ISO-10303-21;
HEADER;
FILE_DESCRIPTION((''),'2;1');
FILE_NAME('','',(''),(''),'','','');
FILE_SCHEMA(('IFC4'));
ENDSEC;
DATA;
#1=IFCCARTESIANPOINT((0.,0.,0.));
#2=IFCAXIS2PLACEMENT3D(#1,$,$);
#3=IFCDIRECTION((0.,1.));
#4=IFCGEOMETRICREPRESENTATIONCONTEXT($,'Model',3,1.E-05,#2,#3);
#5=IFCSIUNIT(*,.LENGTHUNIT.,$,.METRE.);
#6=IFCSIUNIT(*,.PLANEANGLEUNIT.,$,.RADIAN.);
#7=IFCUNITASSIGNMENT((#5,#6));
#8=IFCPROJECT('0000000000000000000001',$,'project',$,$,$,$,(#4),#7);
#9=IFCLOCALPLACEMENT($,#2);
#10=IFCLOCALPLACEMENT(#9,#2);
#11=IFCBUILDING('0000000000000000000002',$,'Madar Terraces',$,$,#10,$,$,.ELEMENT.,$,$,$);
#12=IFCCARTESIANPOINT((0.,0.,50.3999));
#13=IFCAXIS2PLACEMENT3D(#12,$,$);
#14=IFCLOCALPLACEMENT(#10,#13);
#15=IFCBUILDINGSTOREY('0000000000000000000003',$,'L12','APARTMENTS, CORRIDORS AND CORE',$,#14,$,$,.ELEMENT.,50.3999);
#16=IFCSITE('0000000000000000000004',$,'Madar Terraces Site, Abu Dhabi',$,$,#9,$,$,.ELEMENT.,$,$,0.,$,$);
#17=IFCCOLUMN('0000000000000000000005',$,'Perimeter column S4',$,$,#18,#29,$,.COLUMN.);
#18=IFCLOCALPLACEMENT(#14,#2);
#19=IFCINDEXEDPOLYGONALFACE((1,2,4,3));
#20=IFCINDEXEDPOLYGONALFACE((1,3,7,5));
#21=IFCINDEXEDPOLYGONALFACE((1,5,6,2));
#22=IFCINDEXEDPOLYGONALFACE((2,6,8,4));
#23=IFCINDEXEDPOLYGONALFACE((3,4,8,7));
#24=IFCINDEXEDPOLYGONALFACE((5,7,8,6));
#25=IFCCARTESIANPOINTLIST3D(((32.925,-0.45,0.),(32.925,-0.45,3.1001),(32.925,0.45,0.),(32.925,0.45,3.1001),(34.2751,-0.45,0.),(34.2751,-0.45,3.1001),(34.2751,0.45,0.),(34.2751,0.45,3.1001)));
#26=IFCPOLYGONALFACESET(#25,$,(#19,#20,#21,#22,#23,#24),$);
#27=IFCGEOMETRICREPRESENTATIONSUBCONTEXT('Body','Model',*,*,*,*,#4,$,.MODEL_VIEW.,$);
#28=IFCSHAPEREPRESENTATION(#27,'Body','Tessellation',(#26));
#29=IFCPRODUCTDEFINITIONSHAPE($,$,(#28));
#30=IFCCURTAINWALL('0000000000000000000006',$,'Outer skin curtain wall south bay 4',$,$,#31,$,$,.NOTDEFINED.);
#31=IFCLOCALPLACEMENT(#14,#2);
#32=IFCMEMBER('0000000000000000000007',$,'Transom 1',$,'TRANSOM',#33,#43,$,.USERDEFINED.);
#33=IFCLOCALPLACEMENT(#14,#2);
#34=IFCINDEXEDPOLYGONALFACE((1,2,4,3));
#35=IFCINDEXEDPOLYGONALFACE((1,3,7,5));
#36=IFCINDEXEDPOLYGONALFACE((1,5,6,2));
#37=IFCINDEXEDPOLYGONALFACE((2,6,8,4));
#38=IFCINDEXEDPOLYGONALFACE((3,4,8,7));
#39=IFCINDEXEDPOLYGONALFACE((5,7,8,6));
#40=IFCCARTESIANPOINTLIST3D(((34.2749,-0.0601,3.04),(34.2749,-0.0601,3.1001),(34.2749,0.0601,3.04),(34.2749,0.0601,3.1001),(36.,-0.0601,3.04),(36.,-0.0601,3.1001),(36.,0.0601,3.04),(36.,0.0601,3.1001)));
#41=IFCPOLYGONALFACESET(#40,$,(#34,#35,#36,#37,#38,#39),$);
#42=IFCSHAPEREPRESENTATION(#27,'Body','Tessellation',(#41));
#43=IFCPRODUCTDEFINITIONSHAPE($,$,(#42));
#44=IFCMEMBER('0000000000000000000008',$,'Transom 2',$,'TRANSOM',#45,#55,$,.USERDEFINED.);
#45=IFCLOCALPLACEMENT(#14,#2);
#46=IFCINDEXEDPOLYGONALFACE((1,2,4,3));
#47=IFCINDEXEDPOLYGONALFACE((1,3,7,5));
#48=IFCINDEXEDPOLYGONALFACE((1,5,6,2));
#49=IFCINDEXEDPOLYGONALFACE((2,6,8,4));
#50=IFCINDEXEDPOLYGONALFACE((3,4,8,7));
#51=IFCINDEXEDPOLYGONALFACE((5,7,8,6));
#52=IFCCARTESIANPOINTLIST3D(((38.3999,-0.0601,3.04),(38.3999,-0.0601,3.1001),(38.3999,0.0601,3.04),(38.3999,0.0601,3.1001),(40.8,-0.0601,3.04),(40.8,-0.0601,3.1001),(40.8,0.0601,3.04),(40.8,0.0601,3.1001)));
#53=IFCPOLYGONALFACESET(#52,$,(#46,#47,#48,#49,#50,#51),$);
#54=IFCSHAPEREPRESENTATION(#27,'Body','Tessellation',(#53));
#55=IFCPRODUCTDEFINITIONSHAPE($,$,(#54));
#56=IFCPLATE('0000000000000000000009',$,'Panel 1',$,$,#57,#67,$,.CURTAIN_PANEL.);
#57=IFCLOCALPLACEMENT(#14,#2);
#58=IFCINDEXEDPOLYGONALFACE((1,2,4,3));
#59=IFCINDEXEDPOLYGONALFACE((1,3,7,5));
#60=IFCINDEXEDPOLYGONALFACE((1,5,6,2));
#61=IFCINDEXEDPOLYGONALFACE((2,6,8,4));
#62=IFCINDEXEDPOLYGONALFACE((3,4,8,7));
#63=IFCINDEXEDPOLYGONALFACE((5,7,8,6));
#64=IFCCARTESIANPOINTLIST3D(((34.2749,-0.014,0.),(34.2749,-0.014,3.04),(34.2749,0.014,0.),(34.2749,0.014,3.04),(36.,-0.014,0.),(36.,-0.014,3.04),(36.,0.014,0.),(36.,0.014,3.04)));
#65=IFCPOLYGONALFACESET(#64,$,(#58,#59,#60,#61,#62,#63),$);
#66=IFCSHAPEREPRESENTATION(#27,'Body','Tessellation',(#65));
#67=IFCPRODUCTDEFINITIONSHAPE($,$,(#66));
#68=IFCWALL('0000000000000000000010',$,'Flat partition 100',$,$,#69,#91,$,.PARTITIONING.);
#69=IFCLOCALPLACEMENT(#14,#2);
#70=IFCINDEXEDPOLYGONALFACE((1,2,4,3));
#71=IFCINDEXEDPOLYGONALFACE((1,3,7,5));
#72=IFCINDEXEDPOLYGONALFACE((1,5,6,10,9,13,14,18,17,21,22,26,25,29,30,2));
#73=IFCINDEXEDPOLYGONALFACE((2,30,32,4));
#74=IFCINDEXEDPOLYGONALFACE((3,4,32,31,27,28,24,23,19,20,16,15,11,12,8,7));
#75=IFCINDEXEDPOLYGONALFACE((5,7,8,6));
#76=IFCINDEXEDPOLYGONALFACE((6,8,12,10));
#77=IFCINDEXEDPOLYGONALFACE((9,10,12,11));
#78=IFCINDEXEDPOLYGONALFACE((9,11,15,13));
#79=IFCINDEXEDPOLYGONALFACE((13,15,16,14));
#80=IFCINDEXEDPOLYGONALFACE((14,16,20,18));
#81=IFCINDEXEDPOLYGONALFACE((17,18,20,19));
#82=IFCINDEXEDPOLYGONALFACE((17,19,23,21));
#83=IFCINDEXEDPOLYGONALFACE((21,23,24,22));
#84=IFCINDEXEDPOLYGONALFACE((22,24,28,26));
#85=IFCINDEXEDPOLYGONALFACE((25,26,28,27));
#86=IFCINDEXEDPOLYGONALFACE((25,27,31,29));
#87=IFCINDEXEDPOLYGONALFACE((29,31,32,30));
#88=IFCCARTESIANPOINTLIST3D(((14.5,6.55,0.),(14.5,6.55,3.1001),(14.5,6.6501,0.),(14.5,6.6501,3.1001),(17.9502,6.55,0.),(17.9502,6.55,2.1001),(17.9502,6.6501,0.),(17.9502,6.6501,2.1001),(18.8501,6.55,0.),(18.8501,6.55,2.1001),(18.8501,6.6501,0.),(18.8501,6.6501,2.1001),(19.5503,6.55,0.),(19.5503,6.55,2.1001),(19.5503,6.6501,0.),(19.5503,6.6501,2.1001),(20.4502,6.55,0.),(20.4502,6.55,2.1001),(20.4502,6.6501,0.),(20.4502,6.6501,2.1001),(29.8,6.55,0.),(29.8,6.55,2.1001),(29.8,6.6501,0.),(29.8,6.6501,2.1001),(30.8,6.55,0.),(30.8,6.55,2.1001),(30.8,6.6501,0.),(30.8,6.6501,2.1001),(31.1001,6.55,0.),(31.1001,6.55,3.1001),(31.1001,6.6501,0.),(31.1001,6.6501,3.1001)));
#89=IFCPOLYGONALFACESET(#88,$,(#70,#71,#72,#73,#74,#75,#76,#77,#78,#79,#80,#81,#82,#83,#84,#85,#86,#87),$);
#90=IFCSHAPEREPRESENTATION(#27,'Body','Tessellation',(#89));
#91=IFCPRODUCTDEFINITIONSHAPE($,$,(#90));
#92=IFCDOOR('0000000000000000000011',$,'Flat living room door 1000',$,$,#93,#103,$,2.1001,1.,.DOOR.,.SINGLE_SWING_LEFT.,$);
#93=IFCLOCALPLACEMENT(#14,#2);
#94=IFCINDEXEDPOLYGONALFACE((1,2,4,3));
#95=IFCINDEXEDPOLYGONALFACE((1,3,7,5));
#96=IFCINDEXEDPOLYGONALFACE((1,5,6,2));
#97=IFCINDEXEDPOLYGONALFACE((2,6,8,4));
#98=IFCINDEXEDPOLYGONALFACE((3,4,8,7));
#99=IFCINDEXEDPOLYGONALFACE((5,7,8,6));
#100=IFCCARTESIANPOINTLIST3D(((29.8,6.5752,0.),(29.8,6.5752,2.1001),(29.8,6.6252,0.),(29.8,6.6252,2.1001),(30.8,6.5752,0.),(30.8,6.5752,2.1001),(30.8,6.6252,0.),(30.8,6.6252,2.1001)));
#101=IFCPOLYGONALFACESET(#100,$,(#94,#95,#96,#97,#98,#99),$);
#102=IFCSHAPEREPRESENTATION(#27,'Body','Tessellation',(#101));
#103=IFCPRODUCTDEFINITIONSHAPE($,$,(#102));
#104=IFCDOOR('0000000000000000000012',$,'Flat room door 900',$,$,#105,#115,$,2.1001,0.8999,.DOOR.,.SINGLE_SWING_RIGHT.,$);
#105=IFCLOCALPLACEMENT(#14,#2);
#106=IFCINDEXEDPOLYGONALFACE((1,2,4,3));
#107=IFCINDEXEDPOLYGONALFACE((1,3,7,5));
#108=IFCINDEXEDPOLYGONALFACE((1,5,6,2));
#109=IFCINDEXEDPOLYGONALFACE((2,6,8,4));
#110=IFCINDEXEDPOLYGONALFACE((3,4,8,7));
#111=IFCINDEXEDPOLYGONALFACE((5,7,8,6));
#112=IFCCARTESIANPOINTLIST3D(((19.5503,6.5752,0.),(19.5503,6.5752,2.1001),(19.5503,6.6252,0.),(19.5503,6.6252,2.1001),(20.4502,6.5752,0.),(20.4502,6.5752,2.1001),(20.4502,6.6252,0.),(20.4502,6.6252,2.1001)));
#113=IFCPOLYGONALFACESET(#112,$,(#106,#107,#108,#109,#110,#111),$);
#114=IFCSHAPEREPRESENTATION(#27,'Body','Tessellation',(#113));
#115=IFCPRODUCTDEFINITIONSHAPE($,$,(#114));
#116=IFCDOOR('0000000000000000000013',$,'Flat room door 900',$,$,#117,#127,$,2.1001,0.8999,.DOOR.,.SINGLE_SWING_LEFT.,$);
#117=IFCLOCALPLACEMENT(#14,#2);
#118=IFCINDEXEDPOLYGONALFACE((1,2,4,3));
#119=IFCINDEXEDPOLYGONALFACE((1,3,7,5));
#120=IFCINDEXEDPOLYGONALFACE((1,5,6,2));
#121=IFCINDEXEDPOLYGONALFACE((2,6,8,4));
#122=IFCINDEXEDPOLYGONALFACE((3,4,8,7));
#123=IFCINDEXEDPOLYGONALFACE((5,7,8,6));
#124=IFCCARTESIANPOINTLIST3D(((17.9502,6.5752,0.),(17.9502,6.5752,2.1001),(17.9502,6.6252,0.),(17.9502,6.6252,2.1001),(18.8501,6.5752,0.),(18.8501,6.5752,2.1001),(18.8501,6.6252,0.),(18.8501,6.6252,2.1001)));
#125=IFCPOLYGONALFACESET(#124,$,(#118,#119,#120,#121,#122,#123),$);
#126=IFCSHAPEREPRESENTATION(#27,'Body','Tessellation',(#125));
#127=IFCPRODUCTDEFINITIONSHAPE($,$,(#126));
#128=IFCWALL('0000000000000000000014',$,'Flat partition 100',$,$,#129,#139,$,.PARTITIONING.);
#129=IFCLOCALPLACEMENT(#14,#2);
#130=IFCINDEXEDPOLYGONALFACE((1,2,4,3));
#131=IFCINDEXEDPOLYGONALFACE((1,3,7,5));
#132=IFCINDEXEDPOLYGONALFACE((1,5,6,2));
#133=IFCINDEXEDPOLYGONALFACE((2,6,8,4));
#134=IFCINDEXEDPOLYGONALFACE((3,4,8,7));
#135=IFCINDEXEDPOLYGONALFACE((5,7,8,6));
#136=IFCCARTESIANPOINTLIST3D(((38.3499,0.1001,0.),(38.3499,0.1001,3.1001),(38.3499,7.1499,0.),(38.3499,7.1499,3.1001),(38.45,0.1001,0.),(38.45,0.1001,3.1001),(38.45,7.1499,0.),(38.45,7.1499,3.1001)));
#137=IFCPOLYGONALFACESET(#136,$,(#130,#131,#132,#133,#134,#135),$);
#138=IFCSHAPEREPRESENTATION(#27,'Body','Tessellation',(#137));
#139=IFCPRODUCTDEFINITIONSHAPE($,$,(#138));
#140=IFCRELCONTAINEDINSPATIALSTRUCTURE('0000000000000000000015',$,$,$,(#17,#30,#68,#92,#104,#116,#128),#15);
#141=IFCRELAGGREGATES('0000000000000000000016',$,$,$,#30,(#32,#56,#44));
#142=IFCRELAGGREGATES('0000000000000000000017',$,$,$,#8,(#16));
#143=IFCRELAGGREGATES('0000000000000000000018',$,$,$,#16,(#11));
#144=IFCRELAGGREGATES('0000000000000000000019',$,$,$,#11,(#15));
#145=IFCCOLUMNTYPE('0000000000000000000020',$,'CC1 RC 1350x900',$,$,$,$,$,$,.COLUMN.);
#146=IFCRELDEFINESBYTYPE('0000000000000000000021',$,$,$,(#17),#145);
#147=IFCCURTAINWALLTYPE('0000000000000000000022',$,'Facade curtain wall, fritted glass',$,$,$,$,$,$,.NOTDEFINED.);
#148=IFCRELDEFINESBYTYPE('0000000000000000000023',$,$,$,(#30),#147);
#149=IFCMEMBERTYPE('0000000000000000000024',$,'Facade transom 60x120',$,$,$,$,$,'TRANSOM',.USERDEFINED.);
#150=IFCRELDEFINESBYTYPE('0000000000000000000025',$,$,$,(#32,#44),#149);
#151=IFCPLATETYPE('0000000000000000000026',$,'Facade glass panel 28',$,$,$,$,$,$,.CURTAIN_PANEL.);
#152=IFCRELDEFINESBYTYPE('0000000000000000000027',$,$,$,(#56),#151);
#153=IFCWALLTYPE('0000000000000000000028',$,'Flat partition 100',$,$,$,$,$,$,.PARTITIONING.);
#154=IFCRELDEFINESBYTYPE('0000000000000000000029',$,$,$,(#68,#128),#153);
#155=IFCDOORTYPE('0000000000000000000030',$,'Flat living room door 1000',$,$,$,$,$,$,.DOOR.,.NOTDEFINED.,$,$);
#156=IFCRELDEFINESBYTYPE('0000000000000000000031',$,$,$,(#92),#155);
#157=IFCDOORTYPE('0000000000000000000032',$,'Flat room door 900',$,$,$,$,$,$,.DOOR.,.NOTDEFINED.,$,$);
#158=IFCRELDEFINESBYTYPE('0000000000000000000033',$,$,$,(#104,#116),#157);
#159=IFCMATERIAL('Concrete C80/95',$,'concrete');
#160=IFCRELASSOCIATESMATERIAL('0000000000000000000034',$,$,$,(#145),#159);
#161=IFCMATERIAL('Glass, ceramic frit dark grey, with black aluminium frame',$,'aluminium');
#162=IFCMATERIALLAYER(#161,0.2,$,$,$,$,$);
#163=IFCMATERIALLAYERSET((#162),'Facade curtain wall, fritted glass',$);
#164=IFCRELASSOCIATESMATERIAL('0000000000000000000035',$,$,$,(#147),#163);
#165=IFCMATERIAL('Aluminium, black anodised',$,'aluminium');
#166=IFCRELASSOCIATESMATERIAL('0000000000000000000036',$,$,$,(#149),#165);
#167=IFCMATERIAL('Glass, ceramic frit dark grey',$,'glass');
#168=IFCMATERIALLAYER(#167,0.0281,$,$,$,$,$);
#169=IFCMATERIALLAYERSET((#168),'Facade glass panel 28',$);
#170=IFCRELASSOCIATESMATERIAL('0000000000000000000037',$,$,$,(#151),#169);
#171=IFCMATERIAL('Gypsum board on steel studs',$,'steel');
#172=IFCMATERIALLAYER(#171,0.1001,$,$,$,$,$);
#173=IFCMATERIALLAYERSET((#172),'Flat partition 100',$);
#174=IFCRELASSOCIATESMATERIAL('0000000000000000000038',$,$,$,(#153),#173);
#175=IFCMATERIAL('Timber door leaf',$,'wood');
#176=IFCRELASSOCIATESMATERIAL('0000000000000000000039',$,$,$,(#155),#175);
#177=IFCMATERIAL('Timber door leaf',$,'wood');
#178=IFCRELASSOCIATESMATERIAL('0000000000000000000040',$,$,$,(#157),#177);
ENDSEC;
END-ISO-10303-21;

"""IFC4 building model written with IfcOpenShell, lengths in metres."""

from ifc_helpers import new_model, si_unit, direction, frame, frame_2d, origin, origin_2d, place, context, subcontext, project, spatial, rectangle, extrude, material, layer, layer_set, material_profile, profile_set, type_object, element, fill, aggregate, save


model = new_model("IFC4")

# Units and contexts
model_context = context("Model", 3, precision=1e-05, world=origin(), true_north=direction((0.0, 1.0)))
body_context = subcontext(model_context, "Body", "Model", "MODEL_VIEW")
ifc_project = project(units=[si_unit("LENGTHUNIT", "METRE"), si_unit("PLANEANGLEUNIT", "RADIAN")], contexts=[model_context])

# Site, building, storey
site_placement = place(None, origin())
site = spatial("IfcSite", under=ifc_project, at=site_placement, Name="Madar Terraces Site, Abu Dhabi", CompositionType="ELEMENT", RefElevation=0.0)
building_placement = place(site_placement, origin())
building = spatial("IfcBuilding", under=site, at=building_placement, Name="Madar Terraces", CompositionType="ELEMENT")
storey_placement = place(building_placement, frame((0.0, 0.0, 50.3999)))
storey = spatial("IfcBuildingStorey", under=building, at=storey_placement, Name="L12", Description="APARTMENTS, CORRIDORS AND CORE", CompositionType="ELEMENT", Elevation=50.3999)

# Column
ifc_material_1 = material(Name="Concrete C80/95", Category="concrete")
ifc_material_profile_1 = material_profile(ifc_material_1, rectangle(XDim=1.3501, YDim=0.8999, at=origin_2d()), Name="CC1 RC 1350x900")
ifc_profile_set_1 = profile_set([ifc_material_profile_1], Name="Concrete C80/95")
column_type = type_object("IfcColumnType", Name="CC1 RC 1350x900", PredefinedType="COLUMN", material=ifc_profile_set_1)
column_placement = place(storey_placement, frame((33.6001, 0.0, 0.0), z_axis=(0.0, 0.0, 1.0), x_axis=(1.0, 0.0, 0.0)))
element("IfcColumn", 1, at=column_placement, inside=storey, type_object=column_type, Name="Perimeter column S4", PredefinedType="COLUMN", context=body_context, shape_type="SweptSolid", body=[
    extrude(rectangle(XDim=1.3501, YDim=0.8999, at=origin_2d()), origin(), (0.0, 0.0, 1.0), 3.1001),
])

# Curtain wall, members, plate
ifc_material_2 = material(Name="Glass, ceramic frit dark grey, with black aluminium frame", Category="aluminium")
ifc_layer_1 = layer(ifc_material_2, 0.2)
ifc_layer_set_1 = layer_set([ifc_layer_1], Name="Facade curtain wall, fritted glass")
curtain_wall_type = type_object("IfcCurtainWallType", Name="Facade curtain wall, fritted glass", PredefinedType="NOTDEFINED", material=ifc_layer_set_1)
curtain_wall_placement = place(storey_placement, origin())
curtain_wall = element("IfcCurtainWall", 2, at=curtain_wall_placement, inside=storey, type_object=curtain_wall_type, Name="Outer skin curtain wall south bay 4", PredefinedType="NOTDEFINED")
ifc_material_3 = material(Name="Aluminium, black anodised", Category="aluminium")
ifc_material_profile_2 = material_profile(ifc_material_3, rectangle(XDim=0.1201, YDim=0.0601, at=origin_2d()), Name="Facade transom 60x120")
ifc_profile_set_2 = profile_set([ifc_material_profile_2], Name="Aluminium, black anodised")
member_type = type_object("IfcMemberType", Name="Facade transom 60x120", ElementType="TRANSOM", PredefinedType="USERDEFINED", material=ifc_profile_set_2)
member_1_placement = place(storey_placement, frame((34.2749, 0.0, 3.0701), z_axis=(1.0, 0.0, 0.0), x_axis=(0.0, 1.0, 0.0)))
member_1 = element("IfcMember", 3, at=member_1_placement, type_object=member_type, Name="Transom 1", ObjectType="TRANSOM", PredefinedType="USERDEFINED", context=body_context, shape_type="SweptSolid", body=[
    extrude(rectangle(XDim=0.1201, YDim=0.0601, at=origin_2d()), origin(), (0.0, 0.0, 1.0), 1.7251),
])
member_2_placement = place(storey_placement, frame((38.3999, 0.0, 3.0701), z_axis=(1.0, 0.0, 0.0), x_axis=(0.0, 1.0, 0.0)))
member_2 = element("IfcMember", 4, at=member_2_placement, type_object=member_type, Name="Transom 2", ObjectType="TRANSOM", PredefinedType="USERDEFINED", context=body_context, shape_type="SweptSolid", body=[
    extrude(rectangle(XDim=0.1201, YDim=0.0601, at=origin_2d()), origin(), (0.0, 0.0, 1.0), 2.4001),
])
ifc_material_4 = material(Name="Glass, ceramic frit dark grey", Category="glass")
ifc_layer_2 = layer(ifc_material_4, 0.0281)
ifc_layer_set_2 = layer_set([ifc_layer_2], Name="Facade glass panel 28")
plate_type = type_object("IfcPlateType", Name="Facade glass panel 28", PredefinedType="CURTAIN_PANEL", material=ifc_layer_set_2)
plate_placement = place(storey_placement, frame((35.1375, 0.0, 0.0), z_axis=(0.0, 0.0, 1.0), x_axis=(1.0, 0.0, 0.0)))
plate = element("IfcPlate", 5, at=plate_placement, type_object=plate_type, Name="Panel 1", PredefinedType="CURTAIN_PANEL", context=body_context, shape_type="SweptSolid", body=[
    extrude(rectangle(XDim=1.7251, YDim=0.0281, at=origin_2d()), origin(), (0.0, 0.0, 1.0), 3.04),
])
aggregate(curtain_wall, [member_1, plate, member_2])

# Wall, openings, doors
ifc_material_5 = material(Name="Gypsum board on steel studs", Category="steel")
ifc_layer_3 = layer(ifc_material_5, 0.1001)
ifc_layer_set_3 = layer_set([ifc_layer_3], Name="Flat partition 100")
wall_type_1 = type_object("IfcWallType", Name="Flat partition 100", PredefinedType="PARTITIONING", material=ifc_layer_set_3)
wall_1_placement = place(storey_placement, frame((31.1001, 6.6001, 0.0), z_axis=(0.0, 0.0, 1.0), x_axis=(-1.0, 0.0, 0.0)))
wall_1 = element("IfcWall", 6, at=wall_1_placement, inside=storey, type_object=wall_type_1, Name="Flat partition 100", PredefinedType="PARTITIONING", context=body_context, shape_type="SweptSolid", body=[
    extrude(rectangle(XDim=16.6001, YDim=0.1001, at=frame_2d((8.3, 0.0))), origin(), (0.0, 0.0, 1.0), 3.1001),
])
opening_1_placement = place(wall_1_placement, frame((0.3, 0.0, 0.0)))
opening_1 = element("IfcOpeningElement", 7, at=opening_1_placement, cuts=wall_1, PredefinedType="OPENING", context=body_context, shape_type="SweptSolid", body=[
    extrude(rectangle(XDim=1.0, YDim=2.1001, at=frame_2d((0.5, 1.05))), frame((0.0, 0.0601, 0.0), z_axis=(0.0, -1.0, 0.0), x_axis=(1.0, 0.0, 0.0)), (0.0, 0.0, 1.0), 0.1201),
])
opening_2_placement = place(wall_1_placement, frame((10.6499, 0.0, 0.0)))
opening_2 = element("IfcOpeningElement", 8, at=opening_2_placement, cuts=wall_1, PredefinedType="OPENING", context=body_context, shape_type="SweptSolid", body=[
    extrude(rectangle(XDim=0.8999, YDim=2.1001, at=frame_2d((0.45, 1.05))), frame((0.0, 0.0601, 0.0), z_axis=(0.0, -1.0, 0.0), x_axis=(1.0, 0.0, 0.0)), (0.0, 0.0, 1.0), 0.1201),
])
opening_3_placement = place(wall_1_placement, frame((12.25, 0.0, 0.0)))
opening_3 = element("IfcOpeningElement", 9, at=opening_3_placement, cuts=wall_1, PredefinedType="OPENING", context=body_context, shape_type="SweptSolid", body=[
    extrude(rectangle(XDim=0.8999, YDim=2.1001, at=frame_2d((0.45, 1.05))), frame((0.0, 0.0601, 0.0), z_axis=(0.0, -1.0, 0.0), x_axis=(1.0, 0.0, 0.0)), (0.0, 0.0, 1.0), 0.1201),
])
ifc_material_6 = material(Name="Timber door leaf", Category="wood")
door_type_1 = type_object("IfcDoorType", Name="Flat living room door 1000", OperationType="NOTDEFINED", PredefinedType="DOOR", material=ifc_material_6)
door_1_placement = place(opening_1_placement, origin())
door_1 = element("IfcDoor", 10, at=door_1_placement, inside=storey, type_object=door_type_1, Name="Flat living room door 1000", OperationType="SINGLE_SWING_LEFT", OverallHeight=2.1001, OverallWidth=1.0, PredefinedType="DOOR", context=body_context, shape_type="SweptSolid", body=[
    extrude(rectangle(XDim=1.0, YDim=2.1001, at=frame_2d((0.5, 1.05))), frame((0.0, 0.0249, 0.0), z_axis=(0.0, -1.0, 0.0), x_axis=(1.0, 0.0, 0.0)), (0.0, 0.0, 1.0), 0.05),
])
fill(opening_1, door_1)
ifc_material_7 = material(Name="Timber door leaf", Category="wood")
door_type_2 = type_object("IfcDoorType", Name="Flat room door 900", OperationType="NOTDEFINED", PredefinedType="DOOR", material=ifc_material_7)
door_2_placement = place(opening_2_placement, origin())
door_2 = element("IfcDoor", 11, at=door_2_placement, inside=storey, type_object=door_type_2, Name="Flat room door 900", OperationType="SINGLE_SWING_RIGHT", OverallHeight=2.1001, OverallWidth=0.8999, PredefinedType="DOOR", context=body_context, shape_type="SweptSolid", body=[
    extrude(rectangle(XDim=0.8999, YDim=2.1001, at=frame_2d((0.45, 1.05))), frame((0.0, 0.0249, 0.0), z_axis=(0.0, -1.0, 0.0), x_axis=(1.0, 0.0, 0.0)), (0.0, 0.0, 1.0), 0.05),
])
fill(opening_2, door_2)
door_3_placement = place(opening_3_placement, origin())
door_3 = element("IfcDoor", 12, at=door_3_placement, inside=storey, type_object=door_type_2, Name="Flat room door 900", OperationType="SINGLE_SWING_LEFT", OverallHeight=2.1001, OverallWidth=0.8999, PredefinedType="DOOR", context=body_context, shape_type="SweptSolid", body=[
    extrude(rectangle(XDim=0.8999, YDim=2.1001, at=frame_2d((0.45, 1.05))), frame((0.0, 0.0249, 0.0), z_axis=(0.0, -1.0, 0.0), x_axis=(1.0, 0.0, 0.0)), (0.0, 0.0, 1.0), 0.05),
])
fill(opening_3, door_3)

# Wall
wall_2_placement = place(storey_placement, frame((38.3999, 7.1499, 0.0), z_axis=(0.0, 0.0, 1.0), x_axis=(0.0, -1.0, 0.0)))
element("IfcWall", 13, at=wall_2_placement, inside=storey, type_object=wall_type_1, Name="Flat partition 100", PredefinedType="PARTITIONING", context=body_context, shape_type="SweptSolid", body=[
    extrude(rectangle(XDim=7.0498, YDim=0.1001, at=frame_2d((3.5249, 0.0))), origin(), (0.0, 0.0, 1.0), 3.1001),
])

save(model, "model.ifc")
